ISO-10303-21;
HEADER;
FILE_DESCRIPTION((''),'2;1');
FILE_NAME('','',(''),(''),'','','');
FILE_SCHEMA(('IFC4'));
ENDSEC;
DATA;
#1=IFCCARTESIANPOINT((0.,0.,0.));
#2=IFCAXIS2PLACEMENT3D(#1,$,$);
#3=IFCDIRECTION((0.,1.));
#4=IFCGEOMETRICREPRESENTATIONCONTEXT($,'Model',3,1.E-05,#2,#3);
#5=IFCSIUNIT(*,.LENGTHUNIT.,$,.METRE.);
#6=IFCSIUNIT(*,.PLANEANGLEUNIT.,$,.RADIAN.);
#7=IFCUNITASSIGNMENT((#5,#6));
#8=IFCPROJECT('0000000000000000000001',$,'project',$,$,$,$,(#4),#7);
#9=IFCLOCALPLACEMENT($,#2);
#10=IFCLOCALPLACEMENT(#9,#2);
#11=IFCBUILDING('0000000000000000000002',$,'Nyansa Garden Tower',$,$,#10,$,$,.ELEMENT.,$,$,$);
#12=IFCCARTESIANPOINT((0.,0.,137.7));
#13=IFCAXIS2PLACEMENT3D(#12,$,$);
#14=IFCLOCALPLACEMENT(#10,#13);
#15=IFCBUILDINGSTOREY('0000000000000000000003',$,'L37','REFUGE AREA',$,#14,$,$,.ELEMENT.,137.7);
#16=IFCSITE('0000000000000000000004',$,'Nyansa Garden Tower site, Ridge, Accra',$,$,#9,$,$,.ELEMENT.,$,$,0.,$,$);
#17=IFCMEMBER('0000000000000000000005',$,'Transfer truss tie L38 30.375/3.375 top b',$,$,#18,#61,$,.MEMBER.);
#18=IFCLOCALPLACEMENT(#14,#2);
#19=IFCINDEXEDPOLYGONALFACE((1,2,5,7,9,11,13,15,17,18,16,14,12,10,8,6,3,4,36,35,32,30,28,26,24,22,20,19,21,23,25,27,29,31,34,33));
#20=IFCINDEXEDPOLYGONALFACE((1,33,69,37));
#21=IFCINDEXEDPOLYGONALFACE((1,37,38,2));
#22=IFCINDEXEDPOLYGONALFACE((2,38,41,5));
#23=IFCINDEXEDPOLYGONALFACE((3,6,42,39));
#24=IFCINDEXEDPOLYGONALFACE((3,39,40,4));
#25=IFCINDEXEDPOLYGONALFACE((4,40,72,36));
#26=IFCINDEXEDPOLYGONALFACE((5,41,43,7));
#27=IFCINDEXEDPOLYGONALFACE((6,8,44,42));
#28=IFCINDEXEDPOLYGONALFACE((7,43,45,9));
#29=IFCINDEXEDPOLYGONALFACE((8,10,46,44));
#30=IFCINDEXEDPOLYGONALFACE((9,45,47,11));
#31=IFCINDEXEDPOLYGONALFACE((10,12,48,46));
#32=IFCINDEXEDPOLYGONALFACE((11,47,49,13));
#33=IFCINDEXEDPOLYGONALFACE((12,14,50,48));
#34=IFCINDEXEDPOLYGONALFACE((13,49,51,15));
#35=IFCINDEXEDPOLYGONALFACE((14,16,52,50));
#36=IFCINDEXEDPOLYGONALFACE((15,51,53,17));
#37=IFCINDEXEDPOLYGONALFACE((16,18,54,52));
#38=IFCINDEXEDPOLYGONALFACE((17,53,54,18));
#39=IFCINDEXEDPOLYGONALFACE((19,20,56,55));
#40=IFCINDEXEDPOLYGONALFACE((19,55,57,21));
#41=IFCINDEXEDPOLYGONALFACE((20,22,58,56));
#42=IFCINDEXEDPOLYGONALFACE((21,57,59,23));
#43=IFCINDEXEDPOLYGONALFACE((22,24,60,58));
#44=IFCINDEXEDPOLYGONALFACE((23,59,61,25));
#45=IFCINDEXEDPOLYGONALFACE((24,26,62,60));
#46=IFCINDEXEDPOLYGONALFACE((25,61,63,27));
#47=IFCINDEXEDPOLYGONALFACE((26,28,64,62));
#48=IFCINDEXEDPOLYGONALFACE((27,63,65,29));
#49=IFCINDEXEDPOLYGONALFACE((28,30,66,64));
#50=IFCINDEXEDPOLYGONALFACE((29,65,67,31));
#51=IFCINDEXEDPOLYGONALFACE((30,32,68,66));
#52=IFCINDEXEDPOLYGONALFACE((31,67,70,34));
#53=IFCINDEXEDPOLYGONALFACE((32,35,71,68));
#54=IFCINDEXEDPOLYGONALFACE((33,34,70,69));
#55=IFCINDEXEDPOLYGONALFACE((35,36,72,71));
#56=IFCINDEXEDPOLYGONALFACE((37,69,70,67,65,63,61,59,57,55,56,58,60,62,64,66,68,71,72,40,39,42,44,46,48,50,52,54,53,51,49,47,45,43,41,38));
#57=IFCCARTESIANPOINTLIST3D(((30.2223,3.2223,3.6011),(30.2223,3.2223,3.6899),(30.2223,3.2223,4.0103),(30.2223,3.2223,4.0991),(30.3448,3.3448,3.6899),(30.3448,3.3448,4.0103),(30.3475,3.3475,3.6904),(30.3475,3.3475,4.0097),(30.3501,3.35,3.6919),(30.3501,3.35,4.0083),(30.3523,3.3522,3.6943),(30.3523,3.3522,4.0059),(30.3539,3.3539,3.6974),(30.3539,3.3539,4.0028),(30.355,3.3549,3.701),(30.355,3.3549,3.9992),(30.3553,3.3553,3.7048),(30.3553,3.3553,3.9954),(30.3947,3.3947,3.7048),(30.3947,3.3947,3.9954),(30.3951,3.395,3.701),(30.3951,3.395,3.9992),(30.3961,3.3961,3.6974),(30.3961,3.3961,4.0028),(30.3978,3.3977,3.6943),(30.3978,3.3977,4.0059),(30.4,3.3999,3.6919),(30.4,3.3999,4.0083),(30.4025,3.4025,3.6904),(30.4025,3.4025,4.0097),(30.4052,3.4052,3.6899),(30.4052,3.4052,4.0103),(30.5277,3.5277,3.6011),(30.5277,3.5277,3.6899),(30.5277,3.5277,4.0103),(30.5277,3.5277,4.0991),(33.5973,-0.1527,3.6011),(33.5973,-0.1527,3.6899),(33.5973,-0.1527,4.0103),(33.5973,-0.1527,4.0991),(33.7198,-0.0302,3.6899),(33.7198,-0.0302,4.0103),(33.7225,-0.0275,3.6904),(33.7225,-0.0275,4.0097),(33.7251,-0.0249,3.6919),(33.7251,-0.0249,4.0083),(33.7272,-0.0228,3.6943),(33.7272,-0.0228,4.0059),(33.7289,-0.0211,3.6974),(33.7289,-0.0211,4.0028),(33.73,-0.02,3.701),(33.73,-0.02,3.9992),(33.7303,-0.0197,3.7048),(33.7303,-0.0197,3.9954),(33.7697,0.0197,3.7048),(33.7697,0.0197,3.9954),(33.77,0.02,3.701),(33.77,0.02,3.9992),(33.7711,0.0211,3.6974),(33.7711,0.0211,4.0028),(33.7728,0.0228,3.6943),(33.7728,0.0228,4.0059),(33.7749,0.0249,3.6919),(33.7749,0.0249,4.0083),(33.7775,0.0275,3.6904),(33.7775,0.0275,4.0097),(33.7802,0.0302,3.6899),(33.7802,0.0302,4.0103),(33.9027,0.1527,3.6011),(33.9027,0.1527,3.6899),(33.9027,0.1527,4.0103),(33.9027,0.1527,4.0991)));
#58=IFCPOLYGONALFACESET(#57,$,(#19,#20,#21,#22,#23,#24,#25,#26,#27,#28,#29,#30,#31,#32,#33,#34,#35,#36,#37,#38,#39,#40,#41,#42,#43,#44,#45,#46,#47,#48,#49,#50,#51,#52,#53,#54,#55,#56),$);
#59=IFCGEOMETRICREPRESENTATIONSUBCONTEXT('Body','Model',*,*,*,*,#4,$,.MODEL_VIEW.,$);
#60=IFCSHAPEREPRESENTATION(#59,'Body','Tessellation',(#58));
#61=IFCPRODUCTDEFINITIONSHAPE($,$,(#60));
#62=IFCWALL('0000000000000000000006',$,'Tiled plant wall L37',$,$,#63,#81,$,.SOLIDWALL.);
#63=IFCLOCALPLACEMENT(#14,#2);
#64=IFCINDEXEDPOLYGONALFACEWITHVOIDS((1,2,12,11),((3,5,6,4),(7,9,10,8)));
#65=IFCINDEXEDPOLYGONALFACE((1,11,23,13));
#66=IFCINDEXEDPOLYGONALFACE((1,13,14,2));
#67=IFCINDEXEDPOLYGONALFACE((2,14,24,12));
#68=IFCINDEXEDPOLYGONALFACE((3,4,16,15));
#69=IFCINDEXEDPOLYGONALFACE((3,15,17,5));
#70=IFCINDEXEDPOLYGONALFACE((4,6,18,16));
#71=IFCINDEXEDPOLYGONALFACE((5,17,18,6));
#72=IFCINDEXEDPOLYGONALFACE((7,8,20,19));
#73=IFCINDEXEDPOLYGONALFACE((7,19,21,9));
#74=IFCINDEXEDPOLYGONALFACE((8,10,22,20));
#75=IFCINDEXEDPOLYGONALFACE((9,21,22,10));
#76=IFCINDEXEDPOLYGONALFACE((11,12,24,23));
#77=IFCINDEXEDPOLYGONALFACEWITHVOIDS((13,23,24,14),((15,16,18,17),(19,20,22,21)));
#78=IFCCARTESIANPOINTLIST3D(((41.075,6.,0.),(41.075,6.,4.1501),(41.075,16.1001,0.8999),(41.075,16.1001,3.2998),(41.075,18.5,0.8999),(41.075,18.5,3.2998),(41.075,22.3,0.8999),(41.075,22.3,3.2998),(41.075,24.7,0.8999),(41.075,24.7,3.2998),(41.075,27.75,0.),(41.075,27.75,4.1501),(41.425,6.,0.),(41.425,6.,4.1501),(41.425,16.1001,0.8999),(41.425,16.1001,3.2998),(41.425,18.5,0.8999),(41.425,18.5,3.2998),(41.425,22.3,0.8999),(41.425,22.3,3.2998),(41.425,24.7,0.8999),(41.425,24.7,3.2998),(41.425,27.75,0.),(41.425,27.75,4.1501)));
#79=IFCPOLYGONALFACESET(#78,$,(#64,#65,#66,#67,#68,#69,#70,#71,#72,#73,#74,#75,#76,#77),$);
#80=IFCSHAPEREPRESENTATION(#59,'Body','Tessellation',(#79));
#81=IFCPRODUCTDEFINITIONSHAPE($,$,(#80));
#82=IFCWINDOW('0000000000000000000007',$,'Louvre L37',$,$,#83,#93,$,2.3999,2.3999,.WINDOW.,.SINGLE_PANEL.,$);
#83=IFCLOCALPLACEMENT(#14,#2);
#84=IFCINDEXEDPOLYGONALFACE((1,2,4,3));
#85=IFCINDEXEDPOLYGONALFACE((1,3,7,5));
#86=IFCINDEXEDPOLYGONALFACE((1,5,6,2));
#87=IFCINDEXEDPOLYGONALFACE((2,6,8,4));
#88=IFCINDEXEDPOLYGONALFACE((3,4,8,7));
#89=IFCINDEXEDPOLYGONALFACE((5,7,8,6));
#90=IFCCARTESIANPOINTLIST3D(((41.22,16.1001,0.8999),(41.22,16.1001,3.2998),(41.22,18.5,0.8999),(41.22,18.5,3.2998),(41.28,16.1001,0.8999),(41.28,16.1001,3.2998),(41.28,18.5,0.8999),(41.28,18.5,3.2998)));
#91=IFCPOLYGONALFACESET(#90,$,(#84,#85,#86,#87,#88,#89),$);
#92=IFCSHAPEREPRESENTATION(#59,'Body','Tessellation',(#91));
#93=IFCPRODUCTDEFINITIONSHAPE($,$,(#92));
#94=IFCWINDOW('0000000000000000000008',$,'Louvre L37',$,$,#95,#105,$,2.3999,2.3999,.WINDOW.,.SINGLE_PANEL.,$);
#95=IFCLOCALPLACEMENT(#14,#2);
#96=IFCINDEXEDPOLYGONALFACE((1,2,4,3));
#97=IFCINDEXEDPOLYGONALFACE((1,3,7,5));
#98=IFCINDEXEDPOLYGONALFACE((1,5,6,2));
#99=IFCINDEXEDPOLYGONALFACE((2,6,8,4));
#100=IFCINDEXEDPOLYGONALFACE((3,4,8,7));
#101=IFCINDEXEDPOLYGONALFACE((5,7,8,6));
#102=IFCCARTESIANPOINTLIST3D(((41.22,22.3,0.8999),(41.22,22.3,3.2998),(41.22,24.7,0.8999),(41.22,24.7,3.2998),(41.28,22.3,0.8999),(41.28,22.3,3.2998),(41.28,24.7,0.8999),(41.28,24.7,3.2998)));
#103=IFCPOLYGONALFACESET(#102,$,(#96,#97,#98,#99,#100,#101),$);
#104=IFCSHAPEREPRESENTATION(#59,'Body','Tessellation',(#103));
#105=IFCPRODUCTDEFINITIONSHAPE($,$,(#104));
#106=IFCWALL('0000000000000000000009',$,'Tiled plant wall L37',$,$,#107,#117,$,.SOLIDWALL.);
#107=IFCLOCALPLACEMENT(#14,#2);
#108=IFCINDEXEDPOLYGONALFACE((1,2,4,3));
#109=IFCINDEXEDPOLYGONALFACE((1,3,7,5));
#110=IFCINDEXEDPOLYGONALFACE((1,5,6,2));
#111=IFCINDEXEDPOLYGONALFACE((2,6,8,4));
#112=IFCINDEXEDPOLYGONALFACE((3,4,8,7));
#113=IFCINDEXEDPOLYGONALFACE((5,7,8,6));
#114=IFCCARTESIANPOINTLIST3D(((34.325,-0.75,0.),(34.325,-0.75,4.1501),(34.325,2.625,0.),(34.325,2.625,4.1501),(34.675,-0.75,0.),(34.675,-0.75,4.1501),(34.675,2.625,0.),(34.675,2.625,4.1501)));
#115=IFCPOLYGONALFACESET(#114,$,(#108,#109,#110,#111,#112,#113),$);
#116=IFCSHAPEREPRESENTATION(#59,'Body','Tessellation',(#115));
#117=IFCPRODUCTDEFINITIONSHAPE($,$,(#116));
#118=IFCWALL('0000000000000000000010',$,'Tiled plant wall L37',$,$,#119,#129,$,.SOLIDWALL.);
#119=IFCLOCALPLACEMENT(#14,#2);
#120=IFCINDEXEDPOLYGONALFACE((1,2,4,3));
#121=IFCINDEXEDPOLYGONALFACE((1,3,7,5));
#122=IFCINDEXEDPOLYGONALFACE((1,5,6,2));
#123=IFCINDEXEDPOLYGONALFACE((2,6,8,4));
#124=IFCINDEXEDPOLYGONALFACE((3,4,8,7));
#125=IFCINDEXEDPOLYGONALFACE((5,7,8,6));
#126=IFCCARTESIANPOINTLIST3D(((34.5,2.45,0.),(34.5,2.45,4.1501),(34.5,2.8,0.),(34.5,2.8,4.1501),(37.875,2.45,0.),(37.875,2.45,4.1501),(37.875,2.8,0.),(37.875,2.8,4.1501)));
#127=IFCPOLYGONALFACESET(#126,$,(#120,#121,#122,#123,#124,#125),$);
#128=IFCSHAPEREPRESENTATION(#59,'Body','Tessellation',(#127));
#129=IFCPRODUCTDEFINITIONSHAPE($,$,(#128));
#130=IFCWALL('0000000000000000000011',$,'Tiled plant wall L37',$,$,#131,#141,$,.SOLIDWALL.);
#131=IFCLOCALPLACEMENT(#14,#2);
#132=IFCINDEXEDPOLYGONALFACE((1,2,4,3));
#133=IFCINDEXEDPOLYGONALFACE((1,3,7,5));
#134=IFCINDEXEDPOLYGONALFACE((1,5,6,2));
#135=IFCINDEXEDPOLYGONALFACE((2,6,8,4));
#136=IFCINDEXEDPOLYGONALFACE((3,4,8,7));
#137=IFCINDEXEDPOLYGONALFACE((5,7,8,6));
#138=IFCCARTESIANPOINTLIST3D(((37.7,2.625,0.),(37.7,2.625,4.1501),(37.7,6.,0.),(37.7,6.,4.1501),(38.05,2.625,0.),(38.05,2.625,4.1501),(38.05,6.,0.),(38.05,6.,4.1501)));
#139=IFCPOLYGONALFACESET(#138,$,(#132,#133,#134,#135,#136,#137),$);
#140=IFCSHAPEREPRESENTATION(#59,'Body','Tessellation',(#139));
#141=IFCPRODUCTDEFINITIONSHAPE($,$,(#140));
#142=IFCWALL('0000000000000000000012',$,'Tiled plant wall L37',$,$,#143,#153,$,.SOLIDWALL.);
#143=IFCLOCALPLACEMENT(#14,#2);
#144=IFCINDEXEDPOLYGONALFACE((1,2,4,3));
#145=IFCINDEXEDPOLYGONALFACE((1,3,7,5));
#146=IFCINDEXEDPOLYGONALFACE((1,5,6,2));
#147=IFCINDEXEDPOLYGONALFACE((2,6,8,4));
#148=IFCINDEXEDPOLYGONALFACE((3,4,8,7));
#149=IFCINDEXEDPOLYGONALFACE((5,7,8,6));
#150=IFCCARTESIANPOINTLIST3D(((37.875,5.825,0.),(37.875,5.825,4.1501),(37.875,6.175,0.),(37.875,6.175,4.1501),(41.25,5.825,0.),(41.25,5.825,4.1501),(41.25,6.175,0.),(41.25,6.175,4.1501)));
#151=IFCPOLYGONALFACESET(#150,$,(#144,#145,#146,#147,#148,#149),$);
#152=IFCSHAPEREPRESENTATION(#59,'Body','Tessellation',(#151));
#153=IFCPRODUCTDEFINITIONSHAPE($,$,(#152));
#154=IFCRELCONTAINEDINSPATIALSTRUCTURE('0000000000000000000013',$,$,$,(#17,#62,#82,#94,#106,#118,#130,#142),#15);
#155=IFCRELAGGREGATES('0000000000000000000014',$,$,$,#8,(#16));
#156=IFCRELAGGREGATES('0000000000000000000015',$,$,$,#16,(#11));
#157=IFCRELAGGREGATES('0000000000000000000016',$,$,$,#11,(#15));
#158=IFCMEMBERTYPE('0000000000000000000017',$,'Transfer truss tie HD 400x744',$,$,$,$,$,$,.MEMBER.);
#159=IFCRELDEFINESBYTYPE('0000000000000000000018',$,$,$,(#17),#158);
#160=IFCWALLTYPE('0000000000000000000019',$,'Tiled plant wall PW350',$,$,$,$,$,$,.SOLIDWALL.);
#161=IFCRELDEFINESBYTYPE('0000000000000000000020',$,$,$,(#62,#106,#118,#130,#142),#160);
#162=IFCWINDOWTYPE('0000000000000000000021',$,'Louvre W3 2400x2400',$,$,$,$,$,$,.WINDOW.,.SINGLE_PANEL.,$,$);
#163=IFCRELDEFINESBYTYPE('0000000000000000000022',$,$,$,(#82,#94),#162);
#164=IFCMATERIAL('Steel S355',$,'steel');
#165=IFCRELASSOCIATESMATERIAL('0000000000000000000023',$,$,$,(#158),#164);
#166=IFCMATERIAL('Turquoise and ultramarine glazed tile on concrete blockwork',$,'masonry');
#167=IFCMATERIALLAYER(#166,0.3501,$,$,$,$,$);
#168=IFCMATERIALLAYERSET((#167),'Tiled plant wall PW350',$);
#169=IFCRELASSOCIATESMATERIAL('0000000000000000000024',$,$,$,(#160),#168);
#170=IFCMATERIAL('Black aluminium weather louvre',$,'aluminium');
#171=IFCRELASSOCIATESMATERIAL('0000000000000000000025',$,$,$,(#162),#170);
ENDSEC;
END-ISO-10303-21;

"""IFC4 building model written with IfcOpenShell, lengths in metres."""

from ifc_helpers import new_model, si_unit, direction, frame, frame_2d, origin, origin_2d, place, context, subcontext, project, spatial, rectangle, i_section, extrude, material, layer, layer_set, material_profile, profile_set, type_object, element, fill, save


model = new_model("IFC4")

# Units and contexts
model_context = context("Model", 3, precision=1e-05, world=origin(), true_north=direction((0.0, 1.0)))
body_context = subcontext(model_context, "Body", "Model", "MODEL_VIEW")
ifc_project = project(units=[si_unit("LENGTHUNIT", "METRE"), si_unit("PLANEANGLEUNIT", "RADIAN")], contexts=[model_context])

# Site, building, storey
site_placement = place(None, origin())
site = spatial("IfcSite", under=ifc_project, at=site_placement, Name="Nyansa Garden Tower site, Ridge, Accra", CompositionType="ELEMENT", RefElevation=0.0)
building_placement = place(site_placement, origin())
building = spatial("IfcBuilding", under=site, at=building_placement, Name="Nyansa Garden Tower", CompositionType="ELEMENT")
storey_placement = place(building_placement, frame((0.0, 0.0, 137.7)))
storey = spatial("IfcBuildingStorey", under=building, at=storey_placement, Name="L37", Description="REFUGE AREA", CompositionType="ELEMENT", Elevation=137.7)

# Member
ifc_material_1 = material(Name="Steel S355", Category="steel")
ifc_material_profile_1 = material_profile(ifc_material_1, i_section(OverallWidth=0.4319, OverallDepth=0.498, WebThickness=0.0557, FlangeThickness=0.0889, FilletRadius=0.0149, at=origin_2d()), Name="HD 400x744")
ifc_profile_set_1 = profile_set([ifc_material_profile_1], Name="Steel S355")
member_type_1 = type_object("IfcMemberType", Name="Transfer truss tie HD 400x744", PredefinedType="MEMBER", material=ifc_profile_set_1)
member_1_placement = place(storey_placement, frame((33.75, 0.0, 3.8501), z_axis=(-0.707107, 0.707107, 0.0), x_axis=(-0.707107, -0.707107, 0.0)))
element("IfcMember", 1, at=member_1_placement, inside=storey, type_object=member_type_1, Name="Transfer truss tie L38 30.375/3.375 top b", PredefinedType="MEMBER", context=body_context, shape_type="SweptSolid", body=[
    extrude(i_section(OverallWidth=0.4319, OverallDepth=0.498, WebThickness=0.0557, FlangeThickness=0.0889, FilletRadius=0.0149, at=origin_2d()), origin(), (0.0, 0.0, 1.0), 4.7729),
])

# Wall, openings, windows
ifc_material_2 = material(Name="Turquoise and ultramarine glazed tile on concrete blockwork", Category="masonry")
ifc_layer = layer(ifc_material_2, 0.3501)
ifc_layer_set = layer_set([ifc_layer], Name="Tiled plant wall PW350")
wall_type = type_object("IfcWallType", Name="Tiled plant wall PW350", PredefinedType="SOLIDWALL", material=ifc_layer_set)
wall_placement = place(storey_placement, frame((41.25, 6.0, 0.0), z_axis=(0.0, 0.0, 1.0), x_axis=(0.0, 1.0, 0.0)))
wall = element("IfcWall", 2, at=wall_placement, inside=storey, type_object=wall_type, Name="Tiled plant wall L37", PredefinedType="SOLIDWALL", context=body_context, shape_type="SweptSolid", body=[
    extrude(rectangle(XDim=21.75, YDim=0.3501, at=frame_2d((10.875, 0.0))), origin(), (0.0, 0.0, 1.0), 4.1501),
])
opening_1_placement = place(wall_placement, frame((10.1001, 0.0, 0.8999)))
opening_1 = element("IfcOpeningElement", 3, at=opening_1_placement, cuts=wall, PredefinedType="OPENING", context=body_context, shape_type="SweptSolid", body=[
    extrude(rectangle(XDim=2.3999, YDim=2.3999, at=frame_2d((1.2, 1.2))), frame((0.0, 0.1851, 0.0), z_axis=(0.0, -1.0, 0.0), x_axis=(1.0, 0.0, 0.0)), (0.0, 0.0, 1.0), 0.3701),
])
opening_2_placement = place(wall_placement, frame((16.3, 0.0, 0.8999)))
opening_2 = element("IfcOpeningElement", 4, at=opening_2_placement, cuts=wall, PredefinedType="OPENING", context=body_context, shape_type="SweptSolid", body=[
    extrude(rectangle(XDim=2.3999, YDim=2.3999, at=frame_2d((1.2, 1.2))), frame((0.0, 0.1851, 0.0), z_axis=(0.0, -1.0, 0.0), x_axis=(1.0, 0.0, 0.0)), (0.0, 0.0, 1.0), 0.3701),
])
ifc_material_3 = material(Name="Black aluminium weather louvre", Category="aluminium")
window_type = type_object("IfcWindowType", Name="Louvre W3 2400x2400", PartitioningType="SINGLE_PANEL", PredefinedType="WINDOW", material=ifc_material_3)
window_1_placement = place(opening_1_placement, origin())
window_1 = element("IfcWindow", 5, at=window_1_placement, inside=storey, type_object=window_type, Name="Louvre L37", OverallHeight=2.3999, OverallWidth=2.3999, PartitioningType="SINGLE_PANEL", PredefinedType="WINDOW", context=body_context, shape_type="SweptSolid", body=[
    extrude(rectangle(XDim=2.3999, YDim=2.3999, at=frame_2d((1.2, 1.2))), frame((0.0, 0.03, 0.0), z_axis=(0.0, -1.0, 0.0), x_axis=(1.0, 0.0, 0.0)), (0.0, 0.0, 1.0), 0.0601),
])
fill(opening_1, window_1)
window_2_placement = place(opening_2_placement, origin())
window_2 = element("IfcWindow", 6, at=window_2_placement, inside=storey, type_object=window_type, Name="Louvre L37", OverallHeight=2.3999, OverallWidth=2.3999, PartitioningType="SINGLE_PANEL", PredefinedType="WINDOW", context=body_context, shape_type="SweptSolid", body=[
    extrude(rectangle(XDim=2.3999, YDim=2.3999, at=frame_2d((1.2, 1.2))), frame((0.0, 0.03, 0.0), z_axis=(0.0, -1.0, 0.0), x_axis=(1.0, 0.0, 0.0)), (0.0, 0.0, 1.0), 0.0601),
])
fill(opening_2, window_2)

# Walls
for number, where, z_axis, x_axis, name in (
    (7, (34.5, -0.75, 0.0), (0.0, 0.0, 1.0), (0.0, 1.0, 0.0), "Tiled plant wall L37"),
    (8, (34.5, 2.625, 0.0), (0.0, 0.0, 1.0), (1.0, 0.0, 0.0), "Tiled plant wall L37"),
    (9, (37.875, 2.625, 0.0), (0.0, 0.0, 1.0), (0.0, 1.0, 0.0), "Tiled plant wall L37"),
    (10, (37.875, 6.0, 0.0), (0.0, 0.0, 1.0), (1.0, 0.0, 0.0), "Tiled plant wall L37"),
):
    element("IfcWall", number, at=place(storey_placement, frame(where, z_axis=z_axis, x_axis=x_axis)), inside=storey, type_object=wall_type, Name=name, PredefinedType="SOLIDWALL", context=body_context, shape_type="SweptSolid", body=[
        extrude(rectangle(XDim=3.375, YDim=0.3501, at=frame_2d((1.6875, 0.0))), origin(), (0.0, 0.0, 1.0), 4.1501),
    ])

save(model, "model.ifc")
